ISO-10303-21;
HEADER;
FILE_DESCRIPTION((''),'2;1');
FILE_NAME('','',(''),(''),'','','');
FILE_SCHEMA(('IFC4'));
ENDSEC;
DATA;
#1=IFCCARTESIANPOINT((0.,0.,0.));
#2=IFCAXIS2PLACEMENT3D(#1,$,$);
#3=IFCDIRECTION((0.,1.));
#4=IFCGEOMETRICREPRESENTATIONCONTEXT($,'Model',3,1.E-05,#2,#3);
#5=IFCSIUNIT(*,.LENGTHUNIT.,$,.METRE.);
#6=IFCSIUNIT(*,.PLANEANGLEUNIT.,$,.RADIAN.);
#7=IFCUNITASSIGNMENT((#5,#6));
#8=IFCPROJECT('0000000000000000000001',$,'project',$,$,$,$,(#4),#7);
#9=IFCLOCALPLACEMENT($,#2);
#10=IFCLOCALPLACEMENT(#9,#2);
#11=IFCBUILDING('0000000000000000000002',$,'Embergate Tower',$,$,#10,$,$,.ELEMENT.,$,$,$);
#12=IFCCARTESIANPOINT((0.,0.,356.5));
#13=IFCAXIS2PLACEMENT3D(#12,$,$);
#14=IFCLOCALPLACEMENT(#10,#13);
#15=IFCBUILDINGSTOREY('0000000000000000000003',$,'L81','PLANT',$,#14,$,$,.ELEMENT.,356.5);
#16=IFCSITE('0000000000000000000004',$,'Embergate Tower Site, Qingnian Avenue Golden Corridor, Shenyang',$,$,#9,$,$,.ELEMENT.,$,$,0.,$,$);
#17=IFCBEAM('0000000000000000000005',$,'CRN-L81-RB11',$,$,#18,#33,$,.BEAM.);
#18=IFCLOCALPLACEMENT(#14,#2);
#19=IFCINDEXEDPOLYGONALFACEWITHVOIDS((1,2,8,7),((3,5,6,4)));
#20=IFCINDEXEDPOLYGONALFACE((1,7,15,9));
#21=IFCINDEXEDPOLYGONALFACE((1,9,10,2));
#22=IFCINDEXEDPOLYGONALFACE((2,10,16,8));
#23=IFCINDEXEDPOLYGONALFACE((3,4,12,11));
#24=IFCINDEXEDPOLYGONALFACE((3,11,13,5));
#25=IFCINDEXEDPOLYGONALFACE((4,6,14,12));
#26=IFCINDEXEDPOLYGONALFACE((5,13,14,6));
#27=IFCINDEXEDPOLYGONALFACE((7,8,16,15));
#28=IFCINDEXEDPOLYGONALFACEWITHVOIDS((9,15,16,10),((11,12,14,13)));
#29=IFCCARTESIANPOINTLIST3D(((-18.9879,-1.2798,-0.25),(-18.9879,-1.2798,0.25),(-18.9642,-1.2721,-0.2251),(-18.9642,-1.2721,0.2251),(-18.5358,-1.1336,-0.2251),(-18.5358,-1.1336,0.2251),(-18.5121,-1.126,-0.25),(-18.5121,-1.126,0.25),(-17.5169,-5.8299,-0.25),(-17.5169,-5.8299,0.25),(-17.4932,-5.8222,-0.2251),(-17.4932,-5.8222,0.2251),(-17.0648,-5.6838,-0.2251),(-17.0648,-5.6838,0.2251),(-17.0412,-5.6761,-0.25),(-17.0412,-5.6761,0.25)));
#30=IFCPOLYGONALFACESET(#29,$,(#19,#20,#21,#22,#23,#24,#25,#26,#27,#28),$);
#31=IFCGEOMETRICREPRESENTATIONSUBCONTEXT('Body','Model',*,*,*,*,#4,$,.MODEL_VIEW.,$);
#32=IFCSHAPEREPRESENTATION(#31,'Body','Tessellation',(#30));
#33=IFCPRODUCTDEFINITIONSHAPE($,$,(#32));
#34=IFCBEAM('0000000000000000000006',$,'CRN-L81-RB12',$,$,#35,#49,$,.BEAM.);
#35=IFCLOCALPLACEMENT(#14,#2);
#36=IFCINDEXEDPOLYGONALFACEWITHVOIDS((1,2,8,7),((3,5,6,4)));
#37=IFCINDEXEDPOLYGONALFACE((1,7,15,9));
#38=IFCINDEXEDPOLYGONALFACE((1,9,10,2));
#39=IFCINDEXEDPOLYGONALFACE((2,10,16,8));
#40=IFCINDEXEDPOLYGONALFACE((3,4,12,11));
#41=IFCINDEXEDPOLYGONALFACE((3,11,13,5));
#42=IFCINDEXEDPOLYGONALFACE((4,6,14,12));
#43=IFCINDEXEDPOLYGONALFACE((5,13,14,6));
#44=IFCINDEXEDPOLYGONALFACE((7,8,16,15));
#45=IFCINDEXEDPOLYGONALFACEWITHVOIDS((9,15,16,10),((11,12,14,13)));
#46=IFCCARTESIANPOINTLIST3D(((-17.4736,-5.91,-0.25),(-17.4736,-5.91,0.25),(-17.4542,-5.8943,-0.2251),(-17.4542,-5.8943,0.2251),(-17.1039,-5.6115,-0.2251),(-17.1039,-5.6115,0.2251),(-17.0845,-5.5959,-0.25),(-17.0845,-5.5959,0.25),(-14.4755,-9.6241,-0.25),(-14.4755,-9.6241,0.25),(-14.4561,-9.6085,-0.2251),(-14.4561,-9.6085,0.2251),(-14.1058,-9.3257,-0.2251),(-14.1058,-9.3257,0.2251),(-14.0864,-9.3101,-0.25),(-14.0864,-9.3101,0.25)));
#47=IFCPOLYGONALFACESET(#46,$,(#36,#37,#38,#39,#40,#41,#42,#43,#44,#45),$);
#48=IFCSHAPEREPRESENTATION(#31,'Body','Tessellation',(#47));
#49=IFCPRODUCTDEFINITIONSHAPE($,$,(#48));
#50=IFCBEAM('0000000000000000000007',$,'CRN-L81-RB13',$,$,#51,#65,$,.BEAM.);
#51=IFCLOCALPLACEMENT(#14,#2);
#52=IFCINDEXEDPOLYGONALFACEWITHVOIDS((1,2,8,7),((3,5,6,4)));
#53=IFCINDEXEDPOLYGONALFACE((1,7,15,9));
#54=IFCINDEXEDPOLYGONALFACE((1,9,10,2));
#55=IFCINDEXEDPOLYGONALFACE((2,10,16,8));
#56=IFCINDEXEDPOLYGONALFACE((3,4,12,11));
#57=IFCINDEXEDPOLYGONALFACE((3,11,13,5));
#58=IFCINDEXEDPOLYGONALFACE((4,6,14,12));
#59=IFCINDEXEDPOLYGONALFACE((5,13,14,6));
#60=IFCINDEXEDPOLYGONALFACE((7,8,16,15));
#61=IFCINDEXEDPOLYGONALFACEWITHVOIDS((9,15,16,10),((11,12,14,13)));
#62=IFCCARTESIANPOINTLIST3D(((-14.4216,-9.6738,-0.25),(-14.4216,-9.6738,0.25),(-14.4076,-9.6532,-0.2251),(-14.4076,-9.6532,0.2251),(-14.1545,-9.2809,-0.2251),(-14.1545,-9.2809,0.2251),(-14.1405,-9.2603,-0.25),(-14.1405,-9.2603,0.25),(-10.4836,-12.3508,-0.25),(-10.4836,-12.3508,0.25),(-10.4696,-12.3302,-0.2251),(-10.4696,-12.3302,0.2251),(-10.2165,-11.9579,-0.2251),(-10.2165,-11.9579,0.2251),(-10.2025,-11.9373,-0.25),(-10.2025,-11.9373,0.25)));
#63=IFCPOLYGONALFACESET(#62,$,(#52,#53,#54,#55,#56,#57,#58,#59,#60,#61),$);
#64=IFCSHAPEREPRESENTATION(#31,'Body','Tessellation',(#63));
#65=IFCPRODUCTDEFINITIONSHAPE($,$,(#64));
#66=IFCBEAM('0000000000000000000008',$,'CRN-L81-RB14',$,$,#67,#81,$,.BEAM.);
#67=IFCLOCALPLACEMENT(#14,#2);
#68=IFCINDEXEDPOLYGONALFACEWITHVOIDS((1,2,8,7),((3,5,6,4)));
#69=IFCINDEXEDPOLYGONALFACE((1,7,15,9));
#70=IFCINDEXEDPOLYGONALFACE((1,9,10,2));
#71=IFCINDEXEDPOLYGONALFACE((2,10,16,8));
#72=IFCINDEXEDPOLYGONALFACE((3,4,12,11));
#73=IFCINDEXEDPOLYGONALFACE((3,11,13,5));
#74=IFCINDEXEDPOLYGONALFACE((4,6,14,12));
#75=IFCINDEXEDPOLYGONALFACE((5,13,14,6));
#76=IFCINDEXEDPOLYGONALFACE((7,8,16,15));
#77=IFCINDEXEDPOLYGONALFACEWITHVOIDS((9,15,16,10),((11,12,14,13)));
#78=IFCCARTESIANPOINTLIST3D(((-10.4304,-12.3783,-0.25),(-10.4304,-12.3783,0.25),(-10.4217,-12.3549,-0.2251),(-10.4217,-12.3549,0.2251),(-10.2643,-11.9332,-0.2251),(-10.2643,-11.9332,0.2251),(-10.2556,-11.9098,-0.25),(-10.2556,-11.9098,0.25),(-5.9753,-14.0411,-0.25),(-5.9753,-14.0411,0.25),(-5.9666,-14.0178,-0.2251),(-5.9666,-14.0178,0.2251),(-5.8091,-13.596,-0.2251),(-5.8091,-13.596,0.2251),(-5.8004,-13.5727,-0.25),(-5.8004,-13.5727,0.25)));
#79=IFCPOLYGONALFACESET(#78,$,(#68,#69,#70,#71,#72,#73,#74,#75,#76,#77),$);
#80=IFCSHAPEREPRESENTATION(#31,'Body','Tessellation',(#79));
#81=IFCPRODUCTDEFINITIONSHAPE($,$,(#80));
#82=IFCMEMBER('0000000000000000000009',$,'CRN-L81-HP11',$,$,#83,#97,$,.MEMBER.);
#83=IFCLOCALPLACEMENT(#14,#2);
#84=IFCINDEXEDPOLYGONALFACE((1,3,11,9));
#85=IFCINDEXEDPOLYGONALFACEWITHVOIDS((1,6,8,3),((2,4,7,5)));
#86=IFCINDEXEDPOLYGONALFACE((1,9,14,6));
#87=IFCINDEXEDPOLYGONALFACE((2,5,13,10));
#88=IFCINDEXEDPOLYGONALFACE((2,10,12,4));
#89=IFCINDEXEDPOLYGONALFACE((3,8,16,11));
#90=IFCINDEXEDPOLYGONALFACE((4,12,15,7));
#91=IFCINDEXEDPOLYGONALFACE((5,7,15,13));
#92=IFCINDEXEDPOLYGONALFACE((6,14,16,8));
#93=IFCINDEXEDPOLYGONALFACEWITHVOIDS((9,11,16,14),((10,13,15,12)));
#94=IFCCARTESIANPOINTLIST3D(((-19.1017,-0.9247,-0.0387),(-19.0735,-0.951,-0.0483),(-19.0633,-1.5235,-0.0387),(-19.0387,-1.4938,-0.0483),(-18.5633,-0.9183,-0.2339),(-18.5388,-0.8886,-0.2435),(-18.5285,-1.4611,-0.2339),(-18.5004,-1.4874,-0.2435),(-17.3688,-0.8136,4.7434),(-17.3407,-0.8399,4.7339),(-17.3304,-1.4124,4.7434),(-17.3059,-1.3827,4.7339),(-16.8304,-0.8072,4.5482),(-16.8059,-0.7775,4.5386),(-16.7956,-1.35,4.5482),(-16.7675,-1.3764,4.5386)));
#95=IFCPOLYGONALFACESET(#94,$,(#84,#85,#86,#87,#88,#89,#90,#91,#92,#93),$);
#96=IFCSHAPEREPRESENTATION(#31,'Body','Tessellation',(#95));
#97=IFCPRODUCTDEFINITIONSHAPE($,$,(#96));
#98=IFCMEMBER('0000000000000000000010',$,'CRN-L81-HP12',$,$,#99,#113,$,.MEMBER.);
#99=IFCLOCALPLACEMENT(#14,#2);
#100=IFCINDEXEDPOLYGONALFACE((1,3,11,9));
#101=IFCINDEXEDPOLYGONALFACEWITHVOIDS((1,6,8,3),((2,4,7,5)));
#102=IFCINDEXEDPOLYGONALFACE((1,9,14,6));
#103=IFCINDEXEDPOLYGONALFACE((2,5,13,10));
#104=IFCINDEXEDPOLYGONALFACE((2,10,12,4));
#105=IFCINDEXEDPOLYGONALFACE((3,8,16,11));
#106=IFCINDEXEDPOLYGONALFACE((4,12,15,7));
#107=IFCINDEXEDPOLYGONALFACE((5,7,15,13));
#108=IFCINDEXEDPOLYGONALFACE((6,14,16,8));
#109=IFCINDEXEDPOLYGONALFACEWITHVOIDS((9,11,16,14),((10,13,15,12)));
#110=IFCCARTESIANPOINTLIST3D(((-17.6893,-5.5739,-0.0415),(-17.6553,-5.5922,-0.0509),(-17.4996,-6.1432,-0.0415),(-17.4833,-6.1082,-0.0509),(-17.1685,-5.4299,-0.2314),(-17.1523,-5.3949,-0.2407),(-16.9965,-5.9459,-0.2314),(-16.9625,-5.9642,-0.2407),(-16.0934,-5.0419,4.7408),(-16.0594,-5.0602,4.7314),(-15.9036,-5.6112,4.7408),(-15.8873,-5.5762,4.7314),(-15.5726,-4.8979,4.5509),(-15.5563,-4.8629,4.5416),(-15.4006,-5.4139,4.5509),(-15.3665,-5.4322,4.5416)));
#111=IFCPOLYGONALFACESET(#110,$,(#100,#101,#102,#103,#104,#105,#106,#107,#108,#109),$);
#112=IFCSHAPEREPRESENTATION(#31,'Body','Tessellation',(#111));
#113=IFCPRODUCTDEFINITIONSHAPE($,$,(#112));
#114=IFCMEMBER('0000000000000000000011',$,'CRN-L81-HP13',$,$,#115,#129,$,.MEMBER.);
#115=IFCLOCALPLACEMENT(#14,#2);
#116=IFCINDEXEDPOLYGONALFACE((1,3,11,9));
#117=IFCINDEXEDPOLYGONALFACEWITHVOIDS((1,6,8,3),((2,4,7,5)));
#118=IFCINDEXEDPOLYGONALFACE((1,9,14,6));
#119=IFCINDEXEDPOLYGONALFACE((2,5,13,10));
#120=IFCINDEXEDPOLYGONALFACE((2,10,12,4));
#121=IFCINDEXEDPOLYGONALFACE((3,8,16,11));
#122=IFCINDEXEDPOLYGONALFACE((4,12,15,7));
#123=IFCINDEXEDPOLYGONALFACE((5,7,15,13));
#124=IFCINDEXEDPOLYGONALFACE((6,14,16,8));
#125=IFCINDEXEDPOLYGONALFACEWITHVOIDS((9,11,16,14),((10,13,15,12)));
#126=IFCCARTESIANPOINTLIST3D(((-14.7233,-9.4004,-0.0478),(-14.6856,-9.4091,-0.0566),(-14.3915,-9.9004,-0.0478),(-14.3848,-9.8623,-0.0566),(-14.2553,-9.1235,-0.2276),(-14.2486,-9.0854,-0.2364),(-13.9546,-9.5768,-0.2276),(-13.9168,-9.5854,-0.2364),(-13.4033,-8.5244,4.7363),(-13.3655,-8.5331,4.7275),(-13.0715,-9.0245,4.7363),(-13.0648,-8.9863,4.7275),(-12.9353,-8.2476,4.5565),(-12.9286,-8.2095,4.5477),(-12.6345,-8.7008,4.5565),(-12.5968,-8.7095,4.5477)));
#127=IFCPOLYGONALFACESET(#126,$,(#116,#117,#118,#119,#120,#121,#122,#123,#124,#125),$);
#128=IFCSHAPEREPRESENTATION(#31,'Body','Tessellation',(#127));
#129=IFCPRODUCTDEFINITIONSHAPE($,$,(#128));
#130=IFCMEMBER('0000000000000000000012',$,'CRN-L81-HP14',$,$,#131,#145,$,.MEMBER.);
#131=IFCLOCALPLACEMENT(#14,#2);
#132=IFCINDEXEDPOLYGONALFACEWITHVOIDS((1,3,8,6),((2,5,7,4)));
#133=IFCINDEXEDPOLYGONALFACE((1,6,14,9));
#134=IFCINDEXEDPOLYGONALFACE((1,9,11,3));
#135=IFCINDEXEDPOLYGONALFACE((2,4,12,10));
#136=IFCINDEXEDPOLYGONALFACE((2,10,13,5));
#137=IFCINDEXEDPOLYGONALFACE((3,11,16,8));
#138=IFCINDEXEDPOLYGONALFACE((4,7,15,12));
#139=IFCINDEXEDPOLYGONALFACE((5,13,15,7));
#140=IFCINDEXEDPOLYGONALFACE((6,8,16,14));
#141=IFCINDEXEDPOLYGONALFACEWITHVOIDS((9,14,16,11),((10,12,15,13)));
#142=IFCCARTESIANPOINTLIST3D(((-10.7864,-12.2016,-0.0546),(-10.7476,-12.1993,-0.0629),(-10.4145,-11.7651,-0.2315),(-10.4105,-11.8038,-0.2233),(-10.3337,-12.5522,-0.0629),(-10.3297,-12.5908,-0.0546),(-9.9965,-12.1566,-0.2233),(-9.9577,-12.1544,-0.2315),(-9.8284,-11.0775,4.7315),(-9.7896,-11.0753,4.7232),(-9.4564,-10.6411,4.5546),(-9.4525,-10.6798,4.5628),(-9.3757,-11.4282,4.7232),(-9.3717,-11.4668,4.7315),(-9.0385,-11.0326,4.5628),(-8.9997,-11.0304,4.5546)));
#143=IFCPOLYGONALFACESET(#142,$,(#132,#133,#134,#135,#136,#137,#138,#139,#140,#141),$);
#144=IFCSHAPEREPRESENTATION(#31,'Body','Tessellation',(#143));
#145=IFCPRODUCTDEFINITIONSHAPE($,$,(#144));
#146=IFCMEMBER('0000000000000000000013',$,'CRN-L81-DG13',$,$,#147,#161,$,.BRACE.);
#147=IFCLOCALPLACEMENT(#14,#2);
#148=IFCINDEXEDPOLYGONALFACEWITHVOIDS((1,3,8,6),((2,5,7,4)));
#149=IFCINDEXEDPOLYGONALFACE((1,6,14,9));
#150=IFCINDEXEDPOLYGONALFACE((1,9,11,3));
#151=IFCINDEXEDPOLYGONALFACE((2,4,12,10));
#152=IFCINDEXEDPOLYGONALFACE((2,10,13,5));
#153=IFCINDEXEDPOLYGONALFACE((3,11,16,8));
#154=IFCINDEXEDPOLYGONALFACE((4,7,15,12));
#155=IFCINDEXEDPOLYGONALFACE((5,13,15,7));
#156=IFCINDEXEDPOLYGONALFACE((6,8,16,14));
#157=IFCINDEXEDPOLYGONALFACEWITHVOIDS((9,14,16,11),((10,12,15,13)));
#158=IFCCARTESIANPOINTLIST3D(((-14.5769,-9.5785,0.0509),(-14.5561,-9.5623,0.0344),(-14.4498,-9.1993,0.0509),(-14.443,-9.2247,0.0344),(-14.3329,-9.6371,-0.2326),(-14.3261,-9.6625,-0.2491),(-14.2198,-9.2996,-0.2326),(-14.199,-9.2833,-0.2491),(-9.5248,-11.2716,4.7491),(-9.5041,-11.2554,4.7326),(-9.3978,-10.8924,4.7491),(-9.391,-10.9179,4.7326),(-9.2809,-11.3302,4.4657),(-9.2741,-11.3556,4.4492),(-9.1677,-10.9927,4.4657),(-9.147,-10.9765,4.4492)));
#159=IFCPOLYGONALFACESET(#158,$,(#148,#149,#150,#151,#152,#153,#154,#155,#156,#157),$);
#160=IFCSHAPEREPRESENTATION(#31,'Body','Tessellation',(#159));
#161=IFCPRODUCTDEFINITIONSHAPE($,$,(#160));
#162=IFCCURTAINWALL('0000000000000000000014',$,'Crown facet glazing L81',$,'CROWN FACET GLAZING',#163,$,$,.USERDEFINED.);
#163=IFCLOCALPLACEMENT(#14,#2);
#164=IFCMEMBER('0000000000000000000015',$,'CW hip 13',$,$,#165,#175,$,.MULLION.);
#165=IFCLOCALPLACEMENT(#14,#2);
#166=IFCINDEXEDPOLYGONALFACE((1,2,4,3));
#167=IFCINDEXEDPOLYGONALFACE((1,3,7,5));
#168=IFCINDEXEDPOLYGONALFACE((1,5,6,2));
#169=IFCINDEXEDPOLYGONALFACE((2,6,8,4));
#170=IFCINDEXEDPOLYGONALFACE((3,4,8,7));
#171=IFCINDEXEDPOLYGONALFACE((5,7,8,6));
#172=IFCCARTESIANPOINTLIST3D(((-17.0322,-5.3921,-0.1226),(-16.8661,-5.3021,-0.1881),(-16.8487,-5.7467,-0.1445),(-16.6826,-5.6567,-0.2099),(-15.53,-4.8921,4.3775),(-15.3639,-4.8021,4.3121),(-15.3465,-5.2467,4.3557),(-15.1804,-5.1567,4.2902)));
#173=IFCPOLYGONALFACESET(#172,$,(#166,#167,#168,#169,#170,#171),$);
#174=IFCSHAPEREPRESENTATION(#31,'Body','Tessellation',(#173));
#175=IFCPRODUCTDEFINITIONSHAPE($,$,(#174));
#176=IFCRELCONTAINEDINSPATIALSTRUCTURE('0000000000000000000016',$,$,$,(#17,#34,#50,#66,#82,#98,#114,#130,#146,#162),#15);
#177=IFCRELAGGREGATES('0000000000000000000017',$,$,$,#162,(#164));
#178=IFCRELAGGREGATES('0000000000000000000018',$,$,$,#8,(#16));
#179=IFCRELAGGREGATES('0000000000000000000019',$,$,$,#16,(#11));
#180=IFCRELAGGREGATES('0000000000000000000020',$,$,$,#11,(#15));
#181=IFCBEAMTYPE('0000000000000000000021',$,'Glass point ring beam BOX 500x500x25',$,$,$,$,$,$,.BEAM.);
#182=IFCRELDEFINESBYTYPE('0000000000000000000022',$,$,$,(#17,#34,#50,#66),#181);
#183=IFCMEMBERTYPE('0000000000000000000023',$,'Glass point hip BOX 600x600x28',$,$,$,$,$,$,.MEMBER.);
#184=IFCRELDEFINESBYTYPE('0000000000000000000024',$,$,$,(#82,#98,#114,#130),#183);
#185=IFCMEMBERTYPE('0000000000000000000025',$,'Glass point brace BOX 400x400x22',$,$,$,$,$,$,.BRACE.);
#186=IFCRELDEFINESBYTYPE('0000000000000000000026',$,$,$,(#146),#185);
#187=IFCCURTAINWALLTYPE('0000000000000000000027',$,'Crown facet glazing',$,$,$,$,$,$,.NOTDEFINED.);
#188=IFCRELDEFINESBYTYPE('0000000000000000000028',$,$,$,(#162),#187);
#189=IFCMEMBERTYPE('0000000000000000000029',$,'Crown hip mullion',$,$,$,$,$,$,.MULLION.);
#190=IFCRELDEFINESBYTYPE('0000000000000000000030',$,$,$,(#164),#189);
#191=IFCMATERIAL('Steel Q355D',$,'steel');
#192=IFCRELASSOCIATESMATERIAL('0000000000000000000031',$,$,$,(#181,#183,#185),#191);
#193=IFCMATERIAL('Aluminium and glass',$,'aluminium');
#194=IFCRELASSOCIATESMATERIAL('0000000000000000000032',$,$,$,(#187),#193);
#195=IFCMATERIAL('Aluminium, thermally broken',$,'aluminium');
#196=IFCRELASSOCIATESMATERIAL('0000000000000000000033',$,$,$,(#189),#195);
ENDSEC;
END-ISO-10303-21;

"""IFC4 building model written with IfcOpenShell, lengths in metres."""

from ifc_helpers import new_model, si_unit, direction, frame, origin, origin_2d, place, context, subcontext, project, spatial, rectangle, hollow_rectangle, extrude, source, transform, mapped, material, material_profile, profile_set, type_object, element, aggregate, save


model = new_model("IFC4")

# Units and contexts
model_context = context("Model", 3, precision=1e-05, world=origin(), true_north=direction((0.0, 1.0)))
body_context = subcontext(model_context, "Body", "Model", "MODEL_VIEW")
ifc_project = project(units=[si_unit("LENGTHUNIT", "METRE"), si_unit("PLANEANGLEUNIT", "RADIAN")], contexts=[model_context])

# Site, building, storey
site_placement = place(None, origin())
site = spatial("IfcSite", under=ifc_project, at=site_placement, Name="Embergate Tower Site, Qingnian Avenue Golden Corridor, Shenyang", CompositionType="ELEMENT", RefElevation=0.0)
building_placement = place(site_placement, origin())
building = spatial("IfcBuilding", under=site, at=building_placement, Name="Embergate Tower", CompositionType="ELEMENT")
storey_placement = place(building_placement, frame((0.0, 0.0, 356.5)))
storey = spatial("IfcBuildingStorey", under=building, at=storey_placement, Name="L81", Description="PLANT", CompositionType="ELEMENT", Elevation=356.5)

# Beams
ifc_material_1 = material(Name="Steel Q355D", Category="steel")
ifc_material_profile_1 = material_profile(ifc_material_1, hollow_rectangle(XDim=0.5, YDim=0.5, WallThickness=0.0249, at=origin_2d()), Name="BOX 500x500x25")
ifc_profile_set_1 = profile_set([ifc_material_profile_1], Name="Steel Q355 grade D")
beam_type = type_object("IfcBeamType", Name="Glass point ring beam BOX 500x500x25", PredefinedType="BEAM", material=ifc_profile_set_1)
shared_shape_1 = source(origin(), body_context, "Body", "SweptSolid", [
    extrude(hollow_rectangle(XDim=0.5, YDim=0.5, WallThickness=0.0249, at=origin_2d()), origin(), (0.0, 0.0, 1.0), 4.782),
])
beam_1_placement = place(storey_placement, frame((-18.75, -1.2029, 0.0), z_axis=(0.307607, -0.951514, 0.0), x_axis=(0.951514, 0.307607, 0.0)))
element("IfcBeam", 1, at=beam_1_placement, inside=storey, type_object=beam_type, Name="CRN-L81-RB11", PredefinedType="BEAM", context=body_context, shape_type="MappedRepresentation", body=[
    mapped(shared_shape_1, transform((0.0, 0.0, 0.0))),
])
shared_shape_2 = source(origin(), body_context, "Body", "SweptSolid", [
    extrude(hollow_rectangle(XDim=0.5, YDim=0.5, WallThickness=0.0249, at=origin_2d()), origin(), (0.0, 0.0, 1.0), 4.7732),
])
beam_2_placement = place(storey_placement, frame((-17.2791, -5.7529, 0.0), z_axis=(0.628107, -0.778127, 0.0), x_axis=(0.778127, 0.628107, 0.0)))
element("IfcBeam", 2, at=beam_2_placement, inside=storey, type_object=beam_type, Name="CRN-L81-RB12", PredefinedType="BEAM", context=body_context, shape_type="MappedRepresentation", body=[
    mapped(shared_shape_2, transform((0.0, 0.0, 0.0))),
])
shared_shape_3 = source(origin(), body_context, "Body", "SweptSolid", [
    extrude(hollow_rectangle(XDim=0.5, YDim=0.5, WallThickness=0.0249, at=origin_2d()), origin(), (0.0, 0.0, 1.0), 4.7617),
])
beam_3_placement = place(storey_placement, frame((-14.281, -9.467, 0.0), z_axis=(0.827008, -0.562191, 0.0), x_axis=(0.562191, 0.827008, 0.0)))
element("IfcBeam", 3, at=beam_3_placement, inside=storey, type_object=beam_type, Name="CRN-L81-RB13", PredefinedType="BEAM", context=body_context, shape_type="MappedRepresentation", body=[
    mapped(shared_shape_3, transform((0.0, 0.0, 0.0))),
])
shared_shape_4 = source(origin(), body_context, "Body", "SweptSolid", [
    extrude(hollow_rectangle(XDim=0.5, YDim=0.5, WallThickness=0.0249, at=origin_2d()), origin(), (0.0, 0.0, 1.0), 4.7554),
])
beam_4_placement = place(storey_placement, frame((-10.343, -12.144, 0.0), z_axis=(0.936868, -0.349683, 0.0), x_axis=(0.349683, 0.936868, 0.0)))
element("IfcBeam", 4, at=beam_4_placement, inside=storey, type_object=beam_type, Name="CRN-L81-RB14", PredefinedType="BEAM", context=body_context, shape_type="MappedRepresentation", body=[
    mapped(shared_shape_4, transform((0.0, 0.0, 0.0))),
])

# Members
ifc_material_profile_2 = material_profile(ifc_material_1, hollow_rectangle(XDim=0.6001, YDim=0.6001, WallThickness=0.0281, at=origin_2d()), Name="BOX 600x600x28")
ifc_profile_set_2 = profile_set([ifc_material_profile_2], Name="Steel Q355 grade D")
member_type_1 = type_object("IfcMemberType", Name="Glass point hip BOX 600x600x28", PredefinedType="MEMBER", material=ifc_profile_set_2)
shared_shape_5 = source(origin(), body_context, "Body", "SweptSolid", [
    extrude(hollow_rectangle(XDim=0.6001, YDim=0.6001, WallThickness=0.0281, at=origin_2d()), origin(), (0.0, 0.0, 1.0), 5.0876),
])
member_1_placement = place(storey_placement, frame((-18.801, -1.2061, -0.1411), z_axis=(0.340606, 0.021834, 0.939953), x_axis=(-0.063971, 0.997952, 0.0)))
element("IfcMember", 5, at=member_1_placement, inside=storey, type_object=member_type_1, Name="CRN-L81-HP11", PredefinedType="MEMBER", context=body_context, shape_type="MappedRepresentation", body=[
    mapped(shared_shape_5, transform((0.0, 0.0, 0.0))),
])
shared_shape_6 = source(origin(), body_context, "Body", "SweptSolid", [
    extrude(hollow_rectangle(XDim=0.6001, YDim=0.6001, WallThickness=0.0281, at=origin_2d()), origin(), (0.0, 0.0, 1.0), 5.0696),
])
member_2_placement = place(storey_placement, frame((-17.3259, -5.769, -0.1411), z_axis=(0.314814, 0.104938, 0.943335), x_axis=(-0.316228, 0.948683, 0.0)))
element("IfcMember", 6, at=member_2_placement, inside=storey, type_object=member_type_1, Name="CRN-L81-HP12", PredefinedType="MEMBER", context=body_context, shape_type="MappedRepresentation", body=[
    mapped(shared_shape_6, transform((0.0, 0.0, 0.0))),
])
shared_shape_7 = source(origin(), body_context, "Body", "SweptSolid", [
    extrude(hollow_rectangle(XDim=0.6001, YDim=0.6001, WallThickness=0.0281, at=origin_2d()), origin(), (0.0, 0.0, 1.0), 5.0396),
])
member_3_placement = place(storey_placement, frame((-14.3201, -9.4929, -0.1421), z_axis=(0.261935, 0.173816, 0.949304), x_axis=(-0.552921, 0.833234, 0.0)))
element("IfcMember", 7, at=member_3_placement, inside=storey, type_object=member_type_1, Name="CRN-L81-HP13", PredefinedType="MEMBER", context=body_context, shape_type="MappedRepresentation", body=[
    mapped(shared_shape_7, transform((0.0, 0.0, 0.0))),
])
shared_shape_8 = source(origin(), body_context, "Body", "SweptSolid", [
    extrude(hollow_rectangle(XDim=0.6001, YDim=0.6001, WallThickness=0.0281, at=origin_2d()), origin(), (0.0, 0.0, 1.0), 5.0088),
])
member_4_placement = place(storey_placement, frame((-10.3721, -12.178, -0.1431), z_axis=(0.191264, 0.224409, 0.955541), x_axis=(-0.761074, 0.648665, 0.0)))
element("IfcMember", 8, at=member_4_placement, inside=storey, type_object=member_type_1, Name="CRN-L81-HP14", PredefinedType="MEMBER", context=body_context, shape_type="MappedRepresentation", body=[
    mapped(shared_shape_8, transform((0.0, 0.0, 0.0))),
])
ifc_material_profile_3 = material_profile(ifc_material_1, hollow_rectangle(XDim=0.3999, YDim=0.3999, WallThickness=0.022, at=origin_2d()), Name="BOX 400x400x22")
ifc_profile_set_3 = profile_set([ifc_material_profile_3], Name="Steel Q355 grade D")
member_type_2 = type_object("IfcMemberType", Name="Glass point brace BOX 400x400x22", PredefinedType="BRACE", material=ifc_profile_set_3)
shared_shape_9 = source(origin(), body_context, "Body", "SweptSolid", [
    extrude(hollow_rectangle(XDim=0.3999, YDim=0.3999, WallThickness=0.022, at=origin_2d()), origin(), (0.0, 0.0, 1.0), 7.1038),
])
member_5_placement = place(storey_placement, frame((-14.3879, -9.4309, -0.0991), z_axis=(0.711177, -0.238342, 0.661378), x_axis=(0.317767, 0.948169, 0.0)))
element("IfcMember", 9, at=member_5_placement, inside=storey, type_object=member_type_2, Name="CRN-L81-DG13", PredefinedType="BRACE", context=body_context, shape_type="MappedRepresentation", body=[
    mapped(shared_shape_9, transform((0.0, 0.0, 0.0))),
])

# Curtain wall, member
ifc_material_2 = material(Name="Aluminium and glass", Category="aluminium")
curtain_wall_type = type_object("IfcCurtainWallType", Name="Crown facet glazing", PredefinedType="NOTDEFINED", material=ifc_material_2)
curtain_wall_placement = place(storey_placement, origin())
curtain_wall = element("IfcCurtainWall", 10, at=curtain_wall_placement, inside=storey, type_object=curtain_wall_type, Name="Crown facet glazing L81", ObjectType="CROWN FACET GLAZING", PredefinedType="USERDEFINED")
ifc_material_3 = material(Name="Aluminium, thermally broken", Category="aluminium")
ifc_material_profile_4 = material_profile(ifc_material_3, rectangle(XDim=0.2, YDim=0.3999, at=origin_2d()), Name="AL 400x200")
ifc_profile_set_4 = profile_set([ifc_material_profile_4], Name="Aluminium, thermally broken")
member_type_3 = type_object("IfcMemberType", Name="Crown hip mullion", PredefinedType="MULLION", material=ifc_profile_set_4)
shared_shape_10 = source(origin(), body_context, "Body", "SweptSolid", [
    extrude(rectangle(XDim=0.2, YDim=0.3999, at=origin_2d()), origin(), (0.0, 0.0, 1.0), 4.7705),
])
member_6_placement = place(storey_placement, frame((-16.8574, -5.5244, -0.1663), z_axis=(0.3149, 0.104813, 0.94332), x_axis=(-0.830809, -0.450106, 0.327354)))
member_6 = element("IfcMember", 11, at=member_6_placement, type_object=member_type_3, Name="CW hip 13", PredefinedType="MULLION", context=body_context, shape_type="MappedRepresentation", body=[
    mapped(shared_shape_10, transform((0.0, 0.0, 0.0))),
])
aggregate(curtain_wall, [member_6])

save(model, "model.ifc")
